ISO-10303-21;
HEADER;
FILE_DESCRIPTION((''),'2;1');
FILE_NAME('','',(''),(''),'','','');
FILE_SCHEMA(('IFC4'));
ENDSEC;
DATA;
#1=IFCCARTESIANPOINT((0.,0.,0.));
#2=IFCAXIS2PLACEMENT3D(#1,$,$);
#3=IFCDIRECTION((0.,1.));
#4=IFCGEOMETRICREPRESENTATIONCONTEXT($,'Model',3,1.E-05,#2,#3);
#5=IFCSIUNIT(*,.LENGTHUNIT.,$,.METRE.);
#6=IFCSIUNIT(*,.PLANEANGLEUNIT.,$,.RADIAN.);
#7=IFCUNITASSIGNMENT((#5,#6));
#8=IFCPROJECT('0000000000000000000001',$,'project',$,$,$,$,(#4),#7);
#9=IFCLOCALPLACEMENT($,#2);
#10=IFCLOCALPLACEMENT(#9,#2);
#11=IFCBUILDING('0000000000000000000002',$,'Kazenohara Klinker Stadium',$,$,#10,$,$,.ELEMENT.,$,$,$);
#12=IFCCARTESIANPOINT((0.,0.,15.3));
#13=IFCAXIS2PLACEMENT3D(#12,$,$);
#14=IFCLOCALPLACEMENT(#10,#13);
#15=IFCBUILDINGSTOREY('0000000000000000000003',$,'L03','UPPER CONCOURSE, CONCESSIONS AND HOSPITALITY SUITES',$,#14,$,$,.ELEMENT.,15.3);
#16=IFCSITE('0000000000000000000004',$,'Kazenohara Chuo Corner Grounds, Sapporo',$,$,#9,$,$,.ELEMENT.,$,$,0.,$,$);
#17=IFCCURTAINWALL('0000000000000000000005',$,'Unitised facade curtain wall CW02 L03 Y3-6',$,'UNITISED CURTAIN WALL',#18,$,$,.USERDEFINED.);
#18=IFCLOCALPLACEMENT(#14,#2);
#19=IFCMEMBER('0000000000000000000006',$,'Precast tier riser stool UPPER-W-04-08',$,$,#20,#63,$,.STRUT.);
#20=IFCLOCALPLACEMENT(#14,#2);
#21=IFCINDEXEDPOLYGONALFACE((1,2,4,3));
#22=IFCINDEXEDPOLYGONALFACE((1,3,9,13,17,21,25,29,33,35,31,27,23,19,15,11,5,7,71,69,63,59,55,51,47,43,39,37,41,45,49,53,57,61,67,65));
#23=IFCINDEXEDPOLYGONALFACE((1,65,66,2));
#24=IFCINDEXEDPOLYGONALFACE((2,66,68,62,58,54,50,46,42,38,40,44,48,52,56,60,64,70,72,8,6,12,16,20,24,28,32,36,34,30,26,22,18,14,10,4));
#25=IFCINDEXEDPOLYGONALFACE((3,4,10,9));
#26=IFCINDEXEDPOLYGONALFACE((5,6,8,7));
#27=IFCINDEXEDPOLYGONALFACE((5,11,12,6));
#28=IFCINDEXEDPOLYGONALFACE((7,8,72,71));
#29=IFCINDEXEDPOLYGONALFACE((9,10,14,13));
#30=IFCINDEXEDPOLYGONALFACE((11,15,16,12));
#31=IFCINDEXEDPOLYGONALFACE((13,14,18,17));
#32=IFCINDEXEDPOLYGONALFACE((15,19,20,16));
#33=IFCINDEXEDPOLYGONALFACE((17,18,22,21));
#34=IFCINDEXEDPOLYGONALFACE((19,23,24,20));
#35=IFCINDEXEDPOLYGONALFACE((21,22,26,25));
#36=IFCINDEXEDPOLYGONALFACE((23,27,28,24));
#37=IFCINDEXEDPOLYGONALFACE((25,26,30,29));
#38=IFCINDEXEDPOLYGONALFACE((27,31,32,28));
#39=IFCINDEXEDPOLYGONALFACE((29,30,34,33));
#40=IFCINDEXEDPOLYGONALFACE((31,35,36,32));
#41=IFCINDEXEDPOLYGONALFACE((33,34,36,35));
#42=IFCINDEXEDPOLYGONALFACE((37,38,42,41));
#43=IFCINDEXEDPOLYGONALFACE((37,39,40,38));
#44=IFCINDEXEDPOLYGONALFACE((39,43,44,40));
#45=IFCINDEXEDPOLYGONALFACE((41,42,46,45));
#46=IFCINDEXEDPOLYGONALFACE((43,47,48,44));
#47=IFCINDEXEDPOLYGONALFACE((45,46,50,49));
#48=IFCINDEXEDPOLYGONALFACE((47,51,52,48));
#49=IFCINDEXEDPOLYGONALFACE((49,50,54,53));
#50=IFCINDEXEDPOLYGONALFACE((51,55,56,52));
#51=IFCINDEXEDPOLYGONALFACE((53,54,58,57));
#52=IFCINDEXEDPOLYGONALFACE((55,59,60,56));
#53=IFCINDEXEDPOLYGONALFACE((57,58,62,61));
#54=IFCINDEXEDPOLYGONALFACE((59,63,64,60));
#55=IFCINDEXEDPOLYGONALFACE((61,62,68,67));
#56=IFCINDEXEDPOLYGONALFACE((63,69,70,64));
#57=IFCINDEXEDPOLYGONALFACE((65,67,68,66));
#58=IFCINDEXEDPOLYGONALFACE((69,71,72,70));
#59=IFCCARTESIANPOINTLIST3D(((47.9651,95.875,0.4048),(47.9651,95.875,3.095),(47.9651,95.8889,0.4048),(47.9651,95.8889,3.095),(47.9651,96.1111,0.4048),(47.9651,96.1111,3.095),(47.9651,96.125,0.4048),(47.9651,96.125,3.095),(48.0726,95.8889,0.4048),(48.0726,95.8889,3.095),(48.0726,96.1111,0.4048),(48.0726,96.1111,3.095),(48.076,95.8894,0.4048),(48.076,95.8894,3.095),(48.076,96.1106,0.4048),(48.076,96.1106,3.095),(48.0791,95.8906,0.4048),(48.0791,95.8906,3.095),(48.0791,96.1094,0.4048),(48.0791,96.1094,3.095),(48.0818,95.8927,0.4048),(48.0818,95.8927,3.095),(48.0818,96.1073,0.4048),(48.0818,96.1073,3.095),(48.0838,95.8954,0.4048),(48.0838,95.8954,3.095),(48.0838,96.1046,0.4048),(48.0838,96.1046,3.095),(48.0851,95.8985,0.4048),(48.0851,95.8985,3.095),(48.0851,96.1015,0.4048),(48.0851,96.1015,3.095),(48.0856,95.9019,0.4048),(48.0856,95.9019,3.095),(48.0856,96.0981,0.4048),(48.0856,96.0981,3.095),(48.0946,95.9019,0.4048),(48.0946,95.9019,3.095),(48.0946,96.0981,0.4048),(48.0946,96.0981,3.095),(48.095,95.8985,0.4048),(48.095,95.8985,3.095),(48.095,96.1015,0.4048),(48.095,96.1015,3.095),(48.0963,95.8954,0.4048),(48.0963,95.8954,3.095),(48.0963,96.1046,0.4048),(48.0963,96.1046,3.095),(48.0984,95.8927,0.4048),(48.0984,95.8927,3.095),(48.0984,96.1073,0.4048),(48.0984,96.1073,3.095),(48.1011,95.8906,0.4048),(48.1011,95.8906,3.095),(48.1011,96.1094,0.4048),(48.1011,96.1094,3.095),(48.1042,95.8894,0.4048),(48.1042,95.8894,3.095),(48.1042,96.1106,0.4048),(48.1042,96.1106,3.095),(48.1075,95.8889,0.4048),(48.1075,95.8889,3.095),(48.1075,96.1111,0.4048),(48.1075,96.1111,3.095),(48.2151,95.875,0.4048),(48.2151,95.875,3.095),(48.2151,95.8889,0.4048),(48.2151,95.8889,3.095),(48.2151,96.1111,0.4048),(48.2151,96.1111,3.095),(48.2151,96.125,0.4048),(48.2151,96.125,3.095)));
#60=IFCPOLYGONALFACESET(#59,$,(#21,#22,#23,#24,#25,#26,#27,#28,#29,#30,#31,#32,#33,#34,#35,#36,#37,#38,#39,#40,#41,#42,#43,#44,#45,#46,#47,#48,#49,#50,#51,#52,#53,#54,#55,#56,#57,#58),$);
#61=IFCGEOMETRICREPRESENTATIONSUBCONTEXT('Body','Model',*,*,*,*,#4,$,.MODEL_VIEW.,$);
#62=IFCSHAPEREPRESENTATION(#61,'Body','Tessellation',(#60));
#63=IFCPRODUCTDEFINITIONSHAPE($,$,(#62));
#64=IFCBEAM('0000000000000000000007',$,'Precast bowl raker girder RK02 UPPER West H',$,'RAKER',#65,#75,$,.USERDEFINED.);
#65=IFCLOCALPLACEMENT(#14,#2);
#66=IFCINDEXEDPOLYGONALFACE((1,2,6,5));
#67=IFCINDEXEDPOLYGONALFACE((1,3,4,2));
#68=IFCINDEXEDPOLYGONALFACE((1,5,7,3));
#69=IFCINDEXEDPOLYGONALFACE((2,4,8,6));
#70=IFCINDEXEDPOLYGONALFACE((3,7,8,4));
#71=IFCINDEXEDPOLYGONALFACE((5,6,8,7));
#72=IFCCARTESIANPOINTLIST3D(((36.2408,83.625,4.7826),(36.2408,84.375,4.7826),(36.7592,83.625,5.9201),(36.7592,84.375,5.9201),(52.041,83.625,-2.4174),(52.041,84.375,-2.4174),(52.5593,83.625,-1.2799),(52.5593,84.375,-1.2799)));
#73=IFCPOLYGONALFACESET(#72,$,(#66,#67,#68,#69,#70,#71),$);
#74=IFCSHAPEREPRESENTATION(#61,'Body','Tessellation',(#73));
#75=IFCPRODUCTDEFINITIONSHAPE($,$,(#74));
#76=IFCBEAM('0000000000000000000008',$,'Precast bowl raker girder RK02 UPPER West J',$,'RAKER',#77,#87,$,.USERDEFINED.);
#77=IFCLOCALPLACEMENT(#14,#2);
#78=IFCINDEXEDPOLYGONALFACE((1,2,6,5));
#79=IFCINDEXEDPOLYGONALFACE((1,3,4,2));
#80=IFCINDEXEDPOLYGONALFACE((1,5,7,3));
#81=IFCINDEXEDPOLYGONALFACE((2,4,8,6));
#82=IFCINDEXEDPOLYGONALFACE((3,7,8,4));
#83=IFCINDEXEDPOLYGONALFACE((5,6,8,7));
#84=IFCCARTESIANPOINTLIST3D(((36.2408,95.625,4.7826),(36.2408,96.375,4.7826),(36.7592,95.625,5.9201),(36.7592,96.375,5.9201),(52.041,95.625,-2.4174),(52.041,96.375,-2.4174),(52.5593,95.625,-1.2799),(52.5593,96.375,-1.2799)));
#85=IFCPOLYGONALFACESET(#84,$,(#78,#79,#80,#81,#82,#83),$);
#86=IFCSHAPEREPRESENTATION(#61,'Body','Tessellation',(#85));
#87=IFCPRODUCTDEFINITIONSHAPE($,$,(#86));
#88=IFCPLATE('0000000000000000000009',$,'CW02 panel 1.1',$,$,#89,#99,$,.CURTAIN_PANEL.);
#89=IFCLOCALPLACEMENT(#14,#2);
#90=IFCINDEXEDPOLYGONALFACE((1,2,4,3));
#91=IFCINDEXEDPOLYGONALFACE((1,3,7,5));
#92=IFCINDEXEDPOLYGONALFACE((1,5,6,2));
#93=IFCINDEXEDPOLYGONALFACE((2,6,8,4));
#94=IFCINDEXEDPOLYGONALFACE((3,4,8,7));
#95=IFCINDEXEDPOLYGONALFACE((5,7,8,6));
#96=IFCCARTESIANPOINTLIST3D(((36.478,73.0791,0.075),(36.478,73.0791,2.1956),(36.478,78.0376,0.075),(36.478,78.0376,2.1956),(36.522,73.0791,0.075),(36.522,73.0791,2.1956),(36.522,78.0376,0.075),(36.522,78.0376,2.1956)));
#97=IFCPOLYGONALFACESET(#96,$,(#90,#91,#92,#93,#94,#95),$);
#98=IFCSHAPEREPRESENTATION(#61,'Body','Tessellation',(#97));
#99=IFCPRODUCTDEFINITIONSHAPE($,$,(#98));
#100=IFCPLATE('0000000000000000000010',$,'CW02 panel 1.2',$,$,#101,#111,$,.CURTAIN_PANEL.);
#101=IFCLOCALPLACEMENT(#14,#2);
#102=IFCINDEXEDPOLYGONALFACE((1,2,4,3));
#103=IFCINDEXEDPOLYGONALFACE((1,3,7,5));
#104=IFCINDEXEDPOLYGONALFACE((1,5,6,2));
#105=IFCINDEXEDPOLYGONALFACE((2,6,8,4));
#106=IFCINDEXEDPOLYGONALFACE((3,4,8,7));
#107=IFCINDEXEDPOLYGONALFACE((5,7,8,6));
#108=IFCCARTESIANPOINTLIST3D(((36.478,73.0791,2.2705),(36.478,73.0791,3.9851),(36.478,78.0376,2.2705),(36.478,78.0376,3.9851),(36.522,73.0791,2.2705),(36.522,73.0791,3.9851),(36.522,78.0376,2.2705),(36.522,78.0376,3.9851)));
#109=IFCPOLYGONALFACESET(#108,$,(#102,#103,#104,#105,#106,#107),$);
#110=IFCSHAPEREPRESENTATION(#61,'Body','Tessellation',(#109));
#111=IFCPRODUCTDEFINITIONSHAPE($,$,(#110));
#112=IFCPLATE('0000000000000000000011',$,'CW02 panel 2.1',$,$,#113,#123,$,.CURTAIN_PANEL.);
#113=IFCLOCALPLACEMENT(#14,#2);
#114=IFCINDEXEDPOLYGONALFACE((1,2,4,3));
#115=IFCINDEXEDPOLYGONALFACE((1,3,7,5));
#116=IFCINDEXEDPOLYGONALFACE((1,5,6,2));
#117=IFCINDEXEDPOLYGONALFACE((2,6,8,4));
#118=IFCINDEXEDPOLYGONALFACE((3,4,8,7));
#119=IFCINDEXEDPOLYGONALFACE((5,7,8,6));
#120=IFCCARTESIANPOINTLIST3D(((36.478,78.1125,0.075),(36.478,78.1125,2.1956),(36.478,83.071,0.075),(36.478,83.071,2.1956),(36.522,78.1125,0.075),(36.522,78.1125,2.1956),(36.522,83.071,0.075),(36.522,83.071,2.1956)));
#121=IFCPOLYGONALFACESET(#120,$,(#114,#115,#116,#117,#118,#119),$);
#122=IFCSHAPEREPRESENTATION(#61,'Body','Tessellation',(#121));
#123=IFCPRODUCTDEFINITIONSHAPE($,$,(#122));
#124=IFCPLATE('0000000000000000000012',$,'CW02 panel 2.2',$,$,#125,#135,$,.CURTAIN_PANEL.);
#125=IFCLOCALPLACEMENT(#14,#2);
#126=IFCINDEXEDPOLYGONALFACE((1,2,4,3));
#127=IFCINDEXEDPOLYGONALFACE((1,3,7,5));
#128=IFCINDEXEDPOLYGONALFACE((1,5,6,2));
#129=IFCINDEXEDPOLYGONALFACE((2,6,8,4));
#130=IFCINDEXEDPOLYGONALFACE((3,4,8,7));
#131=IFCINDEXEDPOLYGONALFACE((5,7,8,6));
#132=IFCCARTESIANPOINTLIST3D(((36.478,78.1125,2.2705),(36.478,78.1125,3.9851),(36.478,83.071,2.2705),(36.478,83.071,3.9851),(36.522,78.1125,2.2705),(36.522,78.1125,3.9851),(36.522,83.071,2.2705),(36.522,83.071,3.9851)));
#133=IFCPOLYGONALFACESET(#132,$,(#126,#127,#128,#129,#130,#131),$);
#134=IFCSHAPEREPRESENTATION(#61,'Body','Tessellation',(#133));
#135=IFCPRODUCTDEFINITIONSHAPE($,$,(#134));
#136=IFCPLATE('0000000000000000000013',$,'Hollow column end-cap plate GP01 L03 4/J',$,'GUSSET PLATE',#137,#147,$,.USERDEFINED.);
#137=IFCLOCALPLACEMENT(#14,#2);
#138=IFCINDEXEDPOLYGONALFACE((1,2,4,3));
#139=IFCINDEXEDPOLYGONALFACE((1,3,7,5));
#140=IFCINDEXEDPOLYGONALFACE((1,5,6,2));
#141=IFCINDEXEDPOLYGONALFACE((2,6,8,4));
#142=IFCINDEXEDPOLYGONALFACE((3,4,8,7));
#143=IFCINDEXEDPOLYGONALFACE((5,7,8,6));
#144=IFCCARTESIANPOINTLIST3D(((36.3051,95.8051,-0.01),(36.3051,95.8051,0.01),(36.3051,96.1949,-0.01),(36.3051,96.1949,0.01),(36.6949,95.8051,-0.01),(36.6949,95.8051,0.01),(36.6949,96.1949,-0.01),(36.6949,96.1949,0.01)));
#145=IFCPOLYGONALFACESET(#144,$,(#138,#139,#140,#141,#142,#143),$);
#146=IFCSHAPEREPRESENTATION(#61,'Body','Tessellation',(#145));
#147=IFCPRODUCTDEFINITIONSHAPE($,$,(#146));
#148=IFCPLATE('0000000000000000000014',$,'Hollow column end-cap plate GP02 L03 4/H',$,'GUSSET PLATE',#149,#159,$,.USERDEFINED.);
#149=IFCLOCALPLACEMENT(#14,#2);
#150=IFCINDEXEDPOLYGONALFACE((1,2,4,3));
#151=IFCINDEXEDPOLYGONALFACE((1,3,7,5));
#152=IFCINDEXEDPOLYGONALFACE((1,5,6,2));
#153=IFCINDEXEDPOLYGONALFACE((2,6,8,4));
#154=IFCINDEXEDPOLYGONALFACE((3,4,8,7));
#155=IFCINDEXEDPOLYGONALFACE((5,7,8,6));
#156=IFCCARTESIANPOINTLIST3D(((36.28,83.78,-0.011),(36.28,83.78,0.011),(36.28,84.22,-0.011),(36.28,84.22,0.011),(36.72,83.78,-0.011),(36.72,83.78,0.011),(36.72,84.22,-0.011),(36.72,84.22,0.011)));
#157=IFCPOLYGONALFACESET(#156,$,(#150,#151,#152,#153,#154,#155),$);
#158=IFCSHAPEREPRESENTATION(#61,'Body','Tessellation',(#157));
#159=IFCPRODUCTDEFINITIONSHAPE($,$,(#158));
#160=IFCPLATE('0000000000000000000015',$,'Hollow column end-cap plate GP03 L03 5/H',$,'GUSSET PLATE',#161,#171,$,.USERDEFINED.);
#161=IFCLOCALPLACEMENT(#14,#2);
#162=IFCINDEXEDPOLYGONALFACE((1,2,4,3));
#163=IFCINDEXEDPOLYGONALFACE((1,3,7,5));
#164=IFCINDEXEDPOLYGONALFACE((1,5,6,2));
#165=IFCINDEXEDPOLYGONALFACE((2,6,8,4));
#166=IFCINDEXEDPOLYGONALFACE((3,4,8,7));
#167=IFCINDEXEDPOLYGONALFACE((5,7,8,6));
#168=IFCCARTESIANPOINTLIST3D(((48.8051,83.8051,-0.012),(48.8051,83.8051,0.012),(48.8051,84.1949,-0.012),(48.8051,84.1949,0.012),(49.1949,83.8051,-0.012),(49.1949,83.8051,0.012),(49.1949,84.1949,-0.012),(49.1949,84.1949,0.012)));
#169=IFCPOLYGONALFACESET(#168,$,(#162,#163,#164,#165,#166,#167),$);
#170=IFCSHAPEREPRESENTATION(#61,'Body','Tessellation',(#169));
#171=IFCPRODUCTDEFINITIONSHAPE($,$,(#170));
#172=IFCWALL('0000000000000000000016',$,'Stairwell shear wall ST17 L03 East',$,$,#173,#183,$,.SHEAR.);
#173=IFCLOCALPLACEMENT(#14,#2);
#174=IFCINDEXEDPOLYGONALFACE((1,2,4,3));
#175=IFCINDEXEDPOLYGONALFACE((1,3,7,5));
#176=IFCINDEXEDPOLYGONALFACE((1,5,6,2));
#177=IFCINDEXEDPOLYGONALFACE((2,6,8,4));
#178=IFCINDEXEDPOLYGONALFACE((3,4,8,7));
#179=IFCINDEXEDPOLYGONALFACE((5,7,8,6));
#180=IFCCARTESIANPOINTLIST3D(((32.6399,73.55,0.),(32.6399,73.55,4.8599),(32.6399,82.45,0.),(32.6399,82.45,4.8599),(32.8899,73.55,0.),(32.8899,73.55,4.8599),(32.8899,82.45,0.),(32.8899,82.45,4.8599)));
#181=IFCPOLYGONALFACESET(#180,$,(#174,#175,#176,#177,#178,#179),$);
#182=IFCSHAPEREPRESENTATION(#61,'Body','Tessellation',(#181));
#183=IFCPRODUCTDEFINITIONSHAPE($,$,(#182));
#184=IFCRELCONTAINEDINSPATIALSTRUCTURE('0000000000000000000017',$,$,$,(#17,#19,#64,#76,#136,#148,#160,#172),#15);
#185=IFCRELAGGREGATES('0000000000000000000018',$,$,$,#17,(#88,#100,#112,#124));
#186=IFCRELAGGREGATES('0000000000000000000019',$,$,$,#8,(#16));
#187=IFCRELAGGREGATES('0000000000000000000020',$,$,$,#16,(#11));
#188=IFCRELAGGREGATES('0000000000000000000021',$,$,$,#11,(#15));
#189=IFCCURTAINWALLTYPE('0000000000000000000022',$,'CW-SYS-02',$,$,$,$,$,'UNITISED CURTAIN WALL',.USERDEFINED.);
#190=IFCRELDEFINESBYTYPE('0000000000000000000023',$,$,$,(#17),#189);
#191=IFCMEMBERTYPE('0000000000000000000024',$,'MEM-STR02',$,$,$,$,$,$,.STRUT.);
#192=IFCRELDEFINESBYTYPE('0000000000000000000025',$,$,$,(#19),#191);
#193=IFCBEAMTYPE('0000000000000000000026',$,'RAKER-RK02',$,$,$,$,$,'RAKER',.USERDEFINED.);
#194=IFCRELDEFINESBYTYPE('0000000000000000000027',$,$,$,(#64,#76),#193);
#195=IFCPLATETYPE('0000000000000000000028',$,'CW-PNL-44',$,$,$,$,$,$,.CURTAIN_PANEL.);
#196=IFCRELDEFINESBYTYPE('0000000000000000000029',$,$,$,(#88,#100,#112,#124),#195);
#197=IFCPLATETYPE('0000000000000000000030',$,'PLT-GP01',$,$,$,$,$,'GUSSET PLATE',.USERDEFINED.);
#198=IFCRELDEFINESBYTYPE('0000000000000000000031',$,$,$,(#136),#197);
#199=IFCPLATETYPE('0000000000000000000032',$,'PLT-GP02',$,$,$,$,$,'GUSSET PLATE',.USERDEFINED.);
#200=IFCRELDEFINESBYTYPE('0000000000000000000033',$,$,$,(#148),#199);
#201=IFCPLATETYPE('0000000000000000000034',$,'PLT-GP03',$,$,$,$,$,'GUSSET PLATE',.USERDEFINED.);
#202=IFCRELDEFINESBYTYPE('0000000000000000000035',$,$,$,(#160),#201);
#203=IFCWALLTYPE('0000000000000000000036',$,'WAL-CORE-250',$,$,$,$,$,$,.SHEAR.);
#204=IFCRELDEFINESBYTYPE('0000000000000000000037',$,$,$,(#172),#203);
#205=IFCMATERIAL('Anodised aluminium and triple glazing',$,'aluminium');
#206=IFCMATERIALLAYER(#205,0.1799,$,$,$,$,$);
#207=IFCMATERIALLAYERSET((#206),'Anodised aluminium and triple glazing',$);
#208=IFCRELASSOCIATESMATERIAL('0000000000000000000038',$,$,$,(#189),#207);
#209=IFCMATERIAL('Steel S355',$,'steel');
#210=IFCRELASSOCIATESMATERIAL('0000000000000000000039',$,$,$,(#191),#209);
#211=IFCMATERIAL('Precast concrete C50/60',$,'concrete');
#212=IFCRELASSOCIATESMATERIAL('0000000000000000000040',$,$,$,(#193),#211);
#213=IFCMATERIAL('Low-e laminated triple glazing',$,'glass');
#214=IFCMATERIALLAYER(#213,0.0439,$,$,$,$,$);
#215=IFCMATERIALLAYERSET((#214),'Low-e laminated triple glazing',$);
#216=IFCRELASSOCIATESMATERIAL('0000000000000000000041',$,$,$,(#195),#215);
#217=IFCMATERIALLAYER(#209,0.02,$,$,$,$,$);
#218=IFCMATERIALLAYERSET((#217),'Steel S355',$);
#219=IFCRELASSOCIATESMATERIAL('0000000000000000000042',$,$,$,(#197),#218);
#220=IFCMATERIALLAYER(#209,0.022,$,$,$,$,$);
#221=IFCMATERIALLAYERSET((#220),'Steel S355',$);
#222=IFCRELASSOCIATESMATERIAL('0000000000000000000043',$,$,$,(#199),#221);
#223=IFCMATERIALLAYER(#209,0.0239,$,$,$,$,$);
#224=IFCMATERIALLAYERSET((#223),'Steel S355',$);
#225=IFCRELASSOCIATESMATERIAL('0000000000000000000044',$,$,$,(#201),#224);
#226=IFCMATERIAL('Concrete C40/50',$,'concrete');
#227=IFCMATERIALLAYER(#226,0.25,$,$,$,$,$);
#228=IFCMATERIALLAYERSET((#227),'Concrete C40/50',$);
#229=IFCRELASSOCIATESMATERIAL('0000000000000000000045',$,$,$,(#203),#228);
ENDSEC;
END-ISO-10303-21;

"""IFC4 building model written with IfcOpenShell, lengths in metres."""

from ifc_helpers import new_model, si_unit, direction, frame, frame_2d, origin, origin_2d, place, context, subcontext, project, spatial, rectangle, i_section, extrude, material, layer, layer_set, material_profile, profile_set, type_object, element, aggregate, save


model = new_model("IFC4")

# Units and contexts
model_context = context("Model", 3, precision=1e-05, world=origin(), true_north=direction((0.0, 1.0)))
body_context = subcontext(model_context, "Body", "Model", "MODEL_VIEW")
ifc_project = project(units=[si_unit("LENGTHUNIT", "METRE"), si_unit("PLANEANGLEUNIT", "RADIAN")], contexts=[model_context])

# Site, building, storey
site_placement = place(None, origin())
site = spatial("IfcSite", under=ifc_project, at=site_placement, Name="Kazenohara Chuo Corner Grounds, Sapporo", CompositionType="ELEMENT", RefElevation=0.0)
building_placement = place(site_placement, origin())
building = spatial("IfcBuilding", under=site, at=building_placement, Name="Kazenohara Klinker Stadium", CompositionType="ELEMENT")
storey_placement = place(building_placement, frame((0.0, 0.0, 15.3)))
storey = spatial("IfcBuildingStorey", under=building, at=storey_placement, Name="L03", Description="UPPER CONCOURSE, CONCESSIONS AND HOSPITALITY SUITES", CompositionType="ELEMENT", Elevation=15.3)

# Shared definitions
ifc_material_1 = material(Name="Steel S355", Category="steel")

# Curtain wall
ifc_material_2 = material(Name="Anodised aluminium and triple glazing", Category="aluminium")
ifc_layer_1 = layer(ifc_material_2, 0.1799)
ifc_layer_set_1 = layer_set([ifc_layer_1], Name="Anodised aluminium and triple glazing")
curtain_wall_type = type_object("IfcCurtainWallType", Name="CW-SYS-02", ElementType="UNITISED CURTAIN WALL", PredefinedType="USERDEFINED", material=ifc_layer_set_1)
curtain_wall_placement = place(storey_placement, origin())
curtain_wall = element("IfcCurtainWall", 1, at=curtain_wall_placement, inside=storey, type_object=curtain_wall_type, Name="Unitised facade curtain wall CW02 L03 Y3-6", ObjectType="UNITISED CURTAIN WALL", PredefinedType="USERDEFINED")

# Member
ifc_material_profile_1 = material_profile(ifc_material_1, i_section(OverallWidth=0.25, OverallDepth=0.25, WebThickness=0.009, FlangeThickness=0.0139, FilletRadius=0.0129, at=origin_2d()), Name="H-250x250x9x14")
ifc_profile_set_1 = profile_set([ifc_material_profile_1], Name="Steel S355")
member_type_1 = type_object("IfcMemberType", Name="MEM-STR02", PredefinedType="STRUT", material=ifc_profile_set_1)
member_1_placement = place(storey_placement, frame((48.0901, 96.0, 0.4048), z_axis=(0.0, 0.0, 1.0), x_axis=(1.0, 0.0, 0.0)))
element("IfcMember", 2, at=member_1_placement, inside=storey, type_object=member_type_1, Name="Precast tier riser stool UPPER-W-04-08", PredefinedType="STRUT", context=body_context, shape_type="SweptSolid", body=[
    extrude(i_section(OverallWidth=0.25, OverallDepth=0.25, WebThickness=0.009, FlangeThickness=0.0139, FilletRadius=0.0129, at=origin_2d()), origin(), (0.0, 0.0, 1.0), 2.6902),
])

# Beams
ifc_material_3 = material(Name="Precast concrete C50/60", Category="concrete")
ifc_material_profile_2 = material_profile(ifc_material_3, rectangle(XDim=0.75, YDim=1.25, at=origin_2d()), Name="PC-RAKER-750x1250")
ifc_profile_set_2 = profile_set([ifc_material_profile_2], Name="Precast concrete C50/60")
beam_type_1 = type_object("IfcBeamType", Name="RAKER-RK02", ElementType="RAKER", PredefinedType="USERDEFINED", material=ifc_profile_set_2)
for number, where, z_axis, x_axis, name in (
    (3, (36.5, 84.0, 5.3513), (0.909973, 0.0, -0.414667), (0.0, 1.0, 0.0), "Precast bowl raker girder RK02 UPPER West H"),
    (4, (36.5, 96.0, 5.3513), (0.909973, 0.0, -0.414667), (0.0, 1.0, 0.0), "Precast bowl raker girder RK02 UPPER West J"),
):
    element("IfcBeam", number, at=place(storey_placement, frame(where, z_axis=z_axis, x_axis=x_axis)), inside=storey, type_object=beam_type_1, Name=name, ObjectType="RAKER", PredefinedType="USERDEFINED", context=body_context, shape_type="SweptSolid", body=[
        extrude(rectangle(XDim=0.75, YDim=1.25, at=origin_2d()), origin(), (0.0, 0.0, 1.0), 17.3633),
    ])

# Plates
ifc_material_4 = material(Name="Low-e laminated triple glazing", Category="glass")
ifc_layer_2 = layer(ifc_material_4, 0.0439)
ifc_layer_set_2 = layer_set([ifc_layer_2], Name="Low-e laminated triple glazing")
plate_type_1 = type_object("IfcPlateType", Name="CW-PNL-44", PredefinedType="CURTAIN_PANEL", material=ifc_layer_set_2)
plate_1_placement = place(storey_placement, frame((36.5, 75.5583, 0.075), z_axis=(0.0, 0.0, 1.0), x_axis=(0.0, 1.0, 0.0)))
plate_1 = element("IfcPlate", 5, at=plate_1_placement, type_object=plate_type_1, Name="CW02 panel 1.1", PredefinedType="CURTAIN_PANEL", context=body_context, shape_type="SweptSolid", body=[
    extrude(rectangle(XDim=4.9585, YDim=0.0439, at=origin_2d()), origin(), (0.0, 0.0, 1.0), 2.1206),
])
plate_2_placement = place(storey_placement, frame((36.5, 75.5583, 2.2705), z_axis=(0.0, 0.0, 1.0), x_axis=(0.0, 1.0, 0.0)))
plate_2 = element("IfcPlate", 6, at=plate_2_placement, type_object=plate_type_1, Name="CW02 panel 1.2", PredefinedType="CURTAIN_PANEL", context=body_context, shape_type="SweptSolid", body=[
    extrude(rectangle(XDim=4.9585, YDim=0.0439, at=origin_2d()), origin(), (0.0, 0.0, 1.0), 1.7146),
])
plate_3_placement = place(storey_placement, frame((36.5, 80.5918, 0.075), z_axis=(0.0, 0.0, 1.0), x_axis=(0.0, 1.0, 0.0)))
plate_3 = element("IfcPlate", 7, at=plate_3_placement, type_object=plate_type_1, Name="CW02 panel 2.1", PredefinedType="CURTAIN_PANEL", context=body_context, shape_type="SweptSolid", body=[
    extrude(rectangle(XDim=4.9585, YDim=0.0439, at=origin_2d()), origin(), (0.0, 0.0, 1.0), 2.1206),
])
plate_4_placement = place(storey_placement, frame((36.5, 80.5918, 2.2705), z_axis=(0.0, 0.0, 1.0), x_axis=(0.0, 1.0, 0.0)))
plate_4 = element("IfcPlate", 8, at=plate_4_placement, type_object=plate_type_1, Name="CW02 panel 2.2", PredefinedType="CURTAIN_PANEL", context=body_context, shape_type="SweptSolid", body=[
    extrude(rectangle(XDim=4.9585, YDim=0.0439, at=origin_2d()), origin(), (0.0, 0.0, 1.0), 1.7146),
])
aggregate(curtain_wall, [plate_1, plate_2, plate_3, plate_4])

# Plates
ifc_layer_3 = layer(ifc_material_1, 0.02)
ifc_layer_set_3 = layer_set([ifc_layer_3], Name="Steel S355")
plate_type_2 = type_object("IfcPlateType", Name="PLT-GP01", ElementType="GUSSET PLATE", PredefinedType="USERDEFINED", material=ifc_layer_set_3)
plate_5_placement = place(storey_placement, frame((36.5, 96.0, -0.01), z_axis=(0.0, 0.0, 1.0), x_axis=(1.0, 0.0, 0.0)))
element("IfcPlate", 9, at=plate_5_placement, inside=storey, type_object=plate_type_2, Name="Hollow column end-cap plate GP01 L03 4/J", ObjectType="GUSSET PLATE", PredefinedType="USERDEFINED", context=body_context, shape_type="SweptSolid", body=[
    extrude(rectangle(XDim=0.3899, YDim=0.3899, at=origin_2d()), origin(), (0.0, 0.0, 1.0), 0.02),
])
ifc_layer_4 = layer(ifc_material_1, 0.022)
ifc_layer_set_4 = layer_set([ifc_layer_4], Name="Steel S355")
plate_type_3 = type_object("IfcPlateType", Name="PLT-GP02", ElementType="GUSSET PLATE", PredefinedType="USERDEFINED", material=ifc_layer_set_4)
plate_6_placement = place(storey_placement, frame((36.5, 84.0, -0.011), z_axis=(0.0, 0.0, 1.0), x_axis=(1.0, 0.0, 0.0)))
element("IfcPlate", 10, at=plate_6_placement, inside=storey, type_object=plate_type_3, Name="Hollow column end-cap plate GP02 L03 4/H", ObjectType="GUSSET PLATE", PredefinedType="USERDEFINED", context=body_context, shape_type="SweptSolid", body=[
    extrude(rectangle(XDim=0.4399, YDim=0.4399, at=origin_2d()), origin(), (0.0, 0.0, 1.0), 0.022),
])
ifc_layer_5 = layer(ifc_material_1, 0.0239)
ifc_layer_set_5 = layer_set([ifc_layer_5], Name="Steel S355")
plate_type_4 = type_object("IfcPlateType", Name="PLT-GP03", ElementType="GUSSET PLATE", PredefinedType="USERDEFINED", material=ifc_layer_set_5)
plate_7_placement = place(storey_placement, frame((49.0, 84.0, -0.012), z_axis=(0.0, 0.0, 1.0), x_axis=(1.0, 0.0, 0.0)))
element("IfcPlate", 11, at=plate_7_placement, inside=storey, type_object=plate_type_4, Name="Hollow column end-cap plate GP03 L03 5/H", ObjectType="GUSSET PLATE", PredefinedType="USERDEFINED", context=body_context, shape_type="SweptSolid", body=[
    extrude(rectangle(XDim=0.3899, YDim=0.3899, at=origin_2d()), origin(), (0.0, 0.0, 1.0), 0.0239),
])

# Wall
ifc_material_5 = material(Name="Concrete C40/50", Category="concrete")
ifc_layer_6 = layer(ifc_material_5, 0.25)
ifc_layer_set_6 = layer_set([ifc_layer_6], Name="Concrete C40/50")
wall_type_1 = type_object("IfcWallType", Name="WAL-CORE-250", PredefinedType="SHEAR", material=ifc_layer_set_6)
wall_1_placement = place(storey_placement, frame((32.7649, 73.55, 0.0), z_axis=(0.0, 0.0, 1.0), x_axis=(0.0, 1.0, 0.0)))
element("IfcWall", 12, at=wall_1_placement, inside=storey, type_object=wall_type_1, Name="Stairwell shear wall ST17 L03 East", PredefinedType="SHEAR", context=body_context, shape_type="SweptSolid", body=[
    extrude(rectangle(XDim=8.8999, YDim=0.25, at=frame_2d((4.45, 0.0))), origin(), (0.0, 0.0, 1.0), 4.8599),
])

save(model, "model.ifc")
